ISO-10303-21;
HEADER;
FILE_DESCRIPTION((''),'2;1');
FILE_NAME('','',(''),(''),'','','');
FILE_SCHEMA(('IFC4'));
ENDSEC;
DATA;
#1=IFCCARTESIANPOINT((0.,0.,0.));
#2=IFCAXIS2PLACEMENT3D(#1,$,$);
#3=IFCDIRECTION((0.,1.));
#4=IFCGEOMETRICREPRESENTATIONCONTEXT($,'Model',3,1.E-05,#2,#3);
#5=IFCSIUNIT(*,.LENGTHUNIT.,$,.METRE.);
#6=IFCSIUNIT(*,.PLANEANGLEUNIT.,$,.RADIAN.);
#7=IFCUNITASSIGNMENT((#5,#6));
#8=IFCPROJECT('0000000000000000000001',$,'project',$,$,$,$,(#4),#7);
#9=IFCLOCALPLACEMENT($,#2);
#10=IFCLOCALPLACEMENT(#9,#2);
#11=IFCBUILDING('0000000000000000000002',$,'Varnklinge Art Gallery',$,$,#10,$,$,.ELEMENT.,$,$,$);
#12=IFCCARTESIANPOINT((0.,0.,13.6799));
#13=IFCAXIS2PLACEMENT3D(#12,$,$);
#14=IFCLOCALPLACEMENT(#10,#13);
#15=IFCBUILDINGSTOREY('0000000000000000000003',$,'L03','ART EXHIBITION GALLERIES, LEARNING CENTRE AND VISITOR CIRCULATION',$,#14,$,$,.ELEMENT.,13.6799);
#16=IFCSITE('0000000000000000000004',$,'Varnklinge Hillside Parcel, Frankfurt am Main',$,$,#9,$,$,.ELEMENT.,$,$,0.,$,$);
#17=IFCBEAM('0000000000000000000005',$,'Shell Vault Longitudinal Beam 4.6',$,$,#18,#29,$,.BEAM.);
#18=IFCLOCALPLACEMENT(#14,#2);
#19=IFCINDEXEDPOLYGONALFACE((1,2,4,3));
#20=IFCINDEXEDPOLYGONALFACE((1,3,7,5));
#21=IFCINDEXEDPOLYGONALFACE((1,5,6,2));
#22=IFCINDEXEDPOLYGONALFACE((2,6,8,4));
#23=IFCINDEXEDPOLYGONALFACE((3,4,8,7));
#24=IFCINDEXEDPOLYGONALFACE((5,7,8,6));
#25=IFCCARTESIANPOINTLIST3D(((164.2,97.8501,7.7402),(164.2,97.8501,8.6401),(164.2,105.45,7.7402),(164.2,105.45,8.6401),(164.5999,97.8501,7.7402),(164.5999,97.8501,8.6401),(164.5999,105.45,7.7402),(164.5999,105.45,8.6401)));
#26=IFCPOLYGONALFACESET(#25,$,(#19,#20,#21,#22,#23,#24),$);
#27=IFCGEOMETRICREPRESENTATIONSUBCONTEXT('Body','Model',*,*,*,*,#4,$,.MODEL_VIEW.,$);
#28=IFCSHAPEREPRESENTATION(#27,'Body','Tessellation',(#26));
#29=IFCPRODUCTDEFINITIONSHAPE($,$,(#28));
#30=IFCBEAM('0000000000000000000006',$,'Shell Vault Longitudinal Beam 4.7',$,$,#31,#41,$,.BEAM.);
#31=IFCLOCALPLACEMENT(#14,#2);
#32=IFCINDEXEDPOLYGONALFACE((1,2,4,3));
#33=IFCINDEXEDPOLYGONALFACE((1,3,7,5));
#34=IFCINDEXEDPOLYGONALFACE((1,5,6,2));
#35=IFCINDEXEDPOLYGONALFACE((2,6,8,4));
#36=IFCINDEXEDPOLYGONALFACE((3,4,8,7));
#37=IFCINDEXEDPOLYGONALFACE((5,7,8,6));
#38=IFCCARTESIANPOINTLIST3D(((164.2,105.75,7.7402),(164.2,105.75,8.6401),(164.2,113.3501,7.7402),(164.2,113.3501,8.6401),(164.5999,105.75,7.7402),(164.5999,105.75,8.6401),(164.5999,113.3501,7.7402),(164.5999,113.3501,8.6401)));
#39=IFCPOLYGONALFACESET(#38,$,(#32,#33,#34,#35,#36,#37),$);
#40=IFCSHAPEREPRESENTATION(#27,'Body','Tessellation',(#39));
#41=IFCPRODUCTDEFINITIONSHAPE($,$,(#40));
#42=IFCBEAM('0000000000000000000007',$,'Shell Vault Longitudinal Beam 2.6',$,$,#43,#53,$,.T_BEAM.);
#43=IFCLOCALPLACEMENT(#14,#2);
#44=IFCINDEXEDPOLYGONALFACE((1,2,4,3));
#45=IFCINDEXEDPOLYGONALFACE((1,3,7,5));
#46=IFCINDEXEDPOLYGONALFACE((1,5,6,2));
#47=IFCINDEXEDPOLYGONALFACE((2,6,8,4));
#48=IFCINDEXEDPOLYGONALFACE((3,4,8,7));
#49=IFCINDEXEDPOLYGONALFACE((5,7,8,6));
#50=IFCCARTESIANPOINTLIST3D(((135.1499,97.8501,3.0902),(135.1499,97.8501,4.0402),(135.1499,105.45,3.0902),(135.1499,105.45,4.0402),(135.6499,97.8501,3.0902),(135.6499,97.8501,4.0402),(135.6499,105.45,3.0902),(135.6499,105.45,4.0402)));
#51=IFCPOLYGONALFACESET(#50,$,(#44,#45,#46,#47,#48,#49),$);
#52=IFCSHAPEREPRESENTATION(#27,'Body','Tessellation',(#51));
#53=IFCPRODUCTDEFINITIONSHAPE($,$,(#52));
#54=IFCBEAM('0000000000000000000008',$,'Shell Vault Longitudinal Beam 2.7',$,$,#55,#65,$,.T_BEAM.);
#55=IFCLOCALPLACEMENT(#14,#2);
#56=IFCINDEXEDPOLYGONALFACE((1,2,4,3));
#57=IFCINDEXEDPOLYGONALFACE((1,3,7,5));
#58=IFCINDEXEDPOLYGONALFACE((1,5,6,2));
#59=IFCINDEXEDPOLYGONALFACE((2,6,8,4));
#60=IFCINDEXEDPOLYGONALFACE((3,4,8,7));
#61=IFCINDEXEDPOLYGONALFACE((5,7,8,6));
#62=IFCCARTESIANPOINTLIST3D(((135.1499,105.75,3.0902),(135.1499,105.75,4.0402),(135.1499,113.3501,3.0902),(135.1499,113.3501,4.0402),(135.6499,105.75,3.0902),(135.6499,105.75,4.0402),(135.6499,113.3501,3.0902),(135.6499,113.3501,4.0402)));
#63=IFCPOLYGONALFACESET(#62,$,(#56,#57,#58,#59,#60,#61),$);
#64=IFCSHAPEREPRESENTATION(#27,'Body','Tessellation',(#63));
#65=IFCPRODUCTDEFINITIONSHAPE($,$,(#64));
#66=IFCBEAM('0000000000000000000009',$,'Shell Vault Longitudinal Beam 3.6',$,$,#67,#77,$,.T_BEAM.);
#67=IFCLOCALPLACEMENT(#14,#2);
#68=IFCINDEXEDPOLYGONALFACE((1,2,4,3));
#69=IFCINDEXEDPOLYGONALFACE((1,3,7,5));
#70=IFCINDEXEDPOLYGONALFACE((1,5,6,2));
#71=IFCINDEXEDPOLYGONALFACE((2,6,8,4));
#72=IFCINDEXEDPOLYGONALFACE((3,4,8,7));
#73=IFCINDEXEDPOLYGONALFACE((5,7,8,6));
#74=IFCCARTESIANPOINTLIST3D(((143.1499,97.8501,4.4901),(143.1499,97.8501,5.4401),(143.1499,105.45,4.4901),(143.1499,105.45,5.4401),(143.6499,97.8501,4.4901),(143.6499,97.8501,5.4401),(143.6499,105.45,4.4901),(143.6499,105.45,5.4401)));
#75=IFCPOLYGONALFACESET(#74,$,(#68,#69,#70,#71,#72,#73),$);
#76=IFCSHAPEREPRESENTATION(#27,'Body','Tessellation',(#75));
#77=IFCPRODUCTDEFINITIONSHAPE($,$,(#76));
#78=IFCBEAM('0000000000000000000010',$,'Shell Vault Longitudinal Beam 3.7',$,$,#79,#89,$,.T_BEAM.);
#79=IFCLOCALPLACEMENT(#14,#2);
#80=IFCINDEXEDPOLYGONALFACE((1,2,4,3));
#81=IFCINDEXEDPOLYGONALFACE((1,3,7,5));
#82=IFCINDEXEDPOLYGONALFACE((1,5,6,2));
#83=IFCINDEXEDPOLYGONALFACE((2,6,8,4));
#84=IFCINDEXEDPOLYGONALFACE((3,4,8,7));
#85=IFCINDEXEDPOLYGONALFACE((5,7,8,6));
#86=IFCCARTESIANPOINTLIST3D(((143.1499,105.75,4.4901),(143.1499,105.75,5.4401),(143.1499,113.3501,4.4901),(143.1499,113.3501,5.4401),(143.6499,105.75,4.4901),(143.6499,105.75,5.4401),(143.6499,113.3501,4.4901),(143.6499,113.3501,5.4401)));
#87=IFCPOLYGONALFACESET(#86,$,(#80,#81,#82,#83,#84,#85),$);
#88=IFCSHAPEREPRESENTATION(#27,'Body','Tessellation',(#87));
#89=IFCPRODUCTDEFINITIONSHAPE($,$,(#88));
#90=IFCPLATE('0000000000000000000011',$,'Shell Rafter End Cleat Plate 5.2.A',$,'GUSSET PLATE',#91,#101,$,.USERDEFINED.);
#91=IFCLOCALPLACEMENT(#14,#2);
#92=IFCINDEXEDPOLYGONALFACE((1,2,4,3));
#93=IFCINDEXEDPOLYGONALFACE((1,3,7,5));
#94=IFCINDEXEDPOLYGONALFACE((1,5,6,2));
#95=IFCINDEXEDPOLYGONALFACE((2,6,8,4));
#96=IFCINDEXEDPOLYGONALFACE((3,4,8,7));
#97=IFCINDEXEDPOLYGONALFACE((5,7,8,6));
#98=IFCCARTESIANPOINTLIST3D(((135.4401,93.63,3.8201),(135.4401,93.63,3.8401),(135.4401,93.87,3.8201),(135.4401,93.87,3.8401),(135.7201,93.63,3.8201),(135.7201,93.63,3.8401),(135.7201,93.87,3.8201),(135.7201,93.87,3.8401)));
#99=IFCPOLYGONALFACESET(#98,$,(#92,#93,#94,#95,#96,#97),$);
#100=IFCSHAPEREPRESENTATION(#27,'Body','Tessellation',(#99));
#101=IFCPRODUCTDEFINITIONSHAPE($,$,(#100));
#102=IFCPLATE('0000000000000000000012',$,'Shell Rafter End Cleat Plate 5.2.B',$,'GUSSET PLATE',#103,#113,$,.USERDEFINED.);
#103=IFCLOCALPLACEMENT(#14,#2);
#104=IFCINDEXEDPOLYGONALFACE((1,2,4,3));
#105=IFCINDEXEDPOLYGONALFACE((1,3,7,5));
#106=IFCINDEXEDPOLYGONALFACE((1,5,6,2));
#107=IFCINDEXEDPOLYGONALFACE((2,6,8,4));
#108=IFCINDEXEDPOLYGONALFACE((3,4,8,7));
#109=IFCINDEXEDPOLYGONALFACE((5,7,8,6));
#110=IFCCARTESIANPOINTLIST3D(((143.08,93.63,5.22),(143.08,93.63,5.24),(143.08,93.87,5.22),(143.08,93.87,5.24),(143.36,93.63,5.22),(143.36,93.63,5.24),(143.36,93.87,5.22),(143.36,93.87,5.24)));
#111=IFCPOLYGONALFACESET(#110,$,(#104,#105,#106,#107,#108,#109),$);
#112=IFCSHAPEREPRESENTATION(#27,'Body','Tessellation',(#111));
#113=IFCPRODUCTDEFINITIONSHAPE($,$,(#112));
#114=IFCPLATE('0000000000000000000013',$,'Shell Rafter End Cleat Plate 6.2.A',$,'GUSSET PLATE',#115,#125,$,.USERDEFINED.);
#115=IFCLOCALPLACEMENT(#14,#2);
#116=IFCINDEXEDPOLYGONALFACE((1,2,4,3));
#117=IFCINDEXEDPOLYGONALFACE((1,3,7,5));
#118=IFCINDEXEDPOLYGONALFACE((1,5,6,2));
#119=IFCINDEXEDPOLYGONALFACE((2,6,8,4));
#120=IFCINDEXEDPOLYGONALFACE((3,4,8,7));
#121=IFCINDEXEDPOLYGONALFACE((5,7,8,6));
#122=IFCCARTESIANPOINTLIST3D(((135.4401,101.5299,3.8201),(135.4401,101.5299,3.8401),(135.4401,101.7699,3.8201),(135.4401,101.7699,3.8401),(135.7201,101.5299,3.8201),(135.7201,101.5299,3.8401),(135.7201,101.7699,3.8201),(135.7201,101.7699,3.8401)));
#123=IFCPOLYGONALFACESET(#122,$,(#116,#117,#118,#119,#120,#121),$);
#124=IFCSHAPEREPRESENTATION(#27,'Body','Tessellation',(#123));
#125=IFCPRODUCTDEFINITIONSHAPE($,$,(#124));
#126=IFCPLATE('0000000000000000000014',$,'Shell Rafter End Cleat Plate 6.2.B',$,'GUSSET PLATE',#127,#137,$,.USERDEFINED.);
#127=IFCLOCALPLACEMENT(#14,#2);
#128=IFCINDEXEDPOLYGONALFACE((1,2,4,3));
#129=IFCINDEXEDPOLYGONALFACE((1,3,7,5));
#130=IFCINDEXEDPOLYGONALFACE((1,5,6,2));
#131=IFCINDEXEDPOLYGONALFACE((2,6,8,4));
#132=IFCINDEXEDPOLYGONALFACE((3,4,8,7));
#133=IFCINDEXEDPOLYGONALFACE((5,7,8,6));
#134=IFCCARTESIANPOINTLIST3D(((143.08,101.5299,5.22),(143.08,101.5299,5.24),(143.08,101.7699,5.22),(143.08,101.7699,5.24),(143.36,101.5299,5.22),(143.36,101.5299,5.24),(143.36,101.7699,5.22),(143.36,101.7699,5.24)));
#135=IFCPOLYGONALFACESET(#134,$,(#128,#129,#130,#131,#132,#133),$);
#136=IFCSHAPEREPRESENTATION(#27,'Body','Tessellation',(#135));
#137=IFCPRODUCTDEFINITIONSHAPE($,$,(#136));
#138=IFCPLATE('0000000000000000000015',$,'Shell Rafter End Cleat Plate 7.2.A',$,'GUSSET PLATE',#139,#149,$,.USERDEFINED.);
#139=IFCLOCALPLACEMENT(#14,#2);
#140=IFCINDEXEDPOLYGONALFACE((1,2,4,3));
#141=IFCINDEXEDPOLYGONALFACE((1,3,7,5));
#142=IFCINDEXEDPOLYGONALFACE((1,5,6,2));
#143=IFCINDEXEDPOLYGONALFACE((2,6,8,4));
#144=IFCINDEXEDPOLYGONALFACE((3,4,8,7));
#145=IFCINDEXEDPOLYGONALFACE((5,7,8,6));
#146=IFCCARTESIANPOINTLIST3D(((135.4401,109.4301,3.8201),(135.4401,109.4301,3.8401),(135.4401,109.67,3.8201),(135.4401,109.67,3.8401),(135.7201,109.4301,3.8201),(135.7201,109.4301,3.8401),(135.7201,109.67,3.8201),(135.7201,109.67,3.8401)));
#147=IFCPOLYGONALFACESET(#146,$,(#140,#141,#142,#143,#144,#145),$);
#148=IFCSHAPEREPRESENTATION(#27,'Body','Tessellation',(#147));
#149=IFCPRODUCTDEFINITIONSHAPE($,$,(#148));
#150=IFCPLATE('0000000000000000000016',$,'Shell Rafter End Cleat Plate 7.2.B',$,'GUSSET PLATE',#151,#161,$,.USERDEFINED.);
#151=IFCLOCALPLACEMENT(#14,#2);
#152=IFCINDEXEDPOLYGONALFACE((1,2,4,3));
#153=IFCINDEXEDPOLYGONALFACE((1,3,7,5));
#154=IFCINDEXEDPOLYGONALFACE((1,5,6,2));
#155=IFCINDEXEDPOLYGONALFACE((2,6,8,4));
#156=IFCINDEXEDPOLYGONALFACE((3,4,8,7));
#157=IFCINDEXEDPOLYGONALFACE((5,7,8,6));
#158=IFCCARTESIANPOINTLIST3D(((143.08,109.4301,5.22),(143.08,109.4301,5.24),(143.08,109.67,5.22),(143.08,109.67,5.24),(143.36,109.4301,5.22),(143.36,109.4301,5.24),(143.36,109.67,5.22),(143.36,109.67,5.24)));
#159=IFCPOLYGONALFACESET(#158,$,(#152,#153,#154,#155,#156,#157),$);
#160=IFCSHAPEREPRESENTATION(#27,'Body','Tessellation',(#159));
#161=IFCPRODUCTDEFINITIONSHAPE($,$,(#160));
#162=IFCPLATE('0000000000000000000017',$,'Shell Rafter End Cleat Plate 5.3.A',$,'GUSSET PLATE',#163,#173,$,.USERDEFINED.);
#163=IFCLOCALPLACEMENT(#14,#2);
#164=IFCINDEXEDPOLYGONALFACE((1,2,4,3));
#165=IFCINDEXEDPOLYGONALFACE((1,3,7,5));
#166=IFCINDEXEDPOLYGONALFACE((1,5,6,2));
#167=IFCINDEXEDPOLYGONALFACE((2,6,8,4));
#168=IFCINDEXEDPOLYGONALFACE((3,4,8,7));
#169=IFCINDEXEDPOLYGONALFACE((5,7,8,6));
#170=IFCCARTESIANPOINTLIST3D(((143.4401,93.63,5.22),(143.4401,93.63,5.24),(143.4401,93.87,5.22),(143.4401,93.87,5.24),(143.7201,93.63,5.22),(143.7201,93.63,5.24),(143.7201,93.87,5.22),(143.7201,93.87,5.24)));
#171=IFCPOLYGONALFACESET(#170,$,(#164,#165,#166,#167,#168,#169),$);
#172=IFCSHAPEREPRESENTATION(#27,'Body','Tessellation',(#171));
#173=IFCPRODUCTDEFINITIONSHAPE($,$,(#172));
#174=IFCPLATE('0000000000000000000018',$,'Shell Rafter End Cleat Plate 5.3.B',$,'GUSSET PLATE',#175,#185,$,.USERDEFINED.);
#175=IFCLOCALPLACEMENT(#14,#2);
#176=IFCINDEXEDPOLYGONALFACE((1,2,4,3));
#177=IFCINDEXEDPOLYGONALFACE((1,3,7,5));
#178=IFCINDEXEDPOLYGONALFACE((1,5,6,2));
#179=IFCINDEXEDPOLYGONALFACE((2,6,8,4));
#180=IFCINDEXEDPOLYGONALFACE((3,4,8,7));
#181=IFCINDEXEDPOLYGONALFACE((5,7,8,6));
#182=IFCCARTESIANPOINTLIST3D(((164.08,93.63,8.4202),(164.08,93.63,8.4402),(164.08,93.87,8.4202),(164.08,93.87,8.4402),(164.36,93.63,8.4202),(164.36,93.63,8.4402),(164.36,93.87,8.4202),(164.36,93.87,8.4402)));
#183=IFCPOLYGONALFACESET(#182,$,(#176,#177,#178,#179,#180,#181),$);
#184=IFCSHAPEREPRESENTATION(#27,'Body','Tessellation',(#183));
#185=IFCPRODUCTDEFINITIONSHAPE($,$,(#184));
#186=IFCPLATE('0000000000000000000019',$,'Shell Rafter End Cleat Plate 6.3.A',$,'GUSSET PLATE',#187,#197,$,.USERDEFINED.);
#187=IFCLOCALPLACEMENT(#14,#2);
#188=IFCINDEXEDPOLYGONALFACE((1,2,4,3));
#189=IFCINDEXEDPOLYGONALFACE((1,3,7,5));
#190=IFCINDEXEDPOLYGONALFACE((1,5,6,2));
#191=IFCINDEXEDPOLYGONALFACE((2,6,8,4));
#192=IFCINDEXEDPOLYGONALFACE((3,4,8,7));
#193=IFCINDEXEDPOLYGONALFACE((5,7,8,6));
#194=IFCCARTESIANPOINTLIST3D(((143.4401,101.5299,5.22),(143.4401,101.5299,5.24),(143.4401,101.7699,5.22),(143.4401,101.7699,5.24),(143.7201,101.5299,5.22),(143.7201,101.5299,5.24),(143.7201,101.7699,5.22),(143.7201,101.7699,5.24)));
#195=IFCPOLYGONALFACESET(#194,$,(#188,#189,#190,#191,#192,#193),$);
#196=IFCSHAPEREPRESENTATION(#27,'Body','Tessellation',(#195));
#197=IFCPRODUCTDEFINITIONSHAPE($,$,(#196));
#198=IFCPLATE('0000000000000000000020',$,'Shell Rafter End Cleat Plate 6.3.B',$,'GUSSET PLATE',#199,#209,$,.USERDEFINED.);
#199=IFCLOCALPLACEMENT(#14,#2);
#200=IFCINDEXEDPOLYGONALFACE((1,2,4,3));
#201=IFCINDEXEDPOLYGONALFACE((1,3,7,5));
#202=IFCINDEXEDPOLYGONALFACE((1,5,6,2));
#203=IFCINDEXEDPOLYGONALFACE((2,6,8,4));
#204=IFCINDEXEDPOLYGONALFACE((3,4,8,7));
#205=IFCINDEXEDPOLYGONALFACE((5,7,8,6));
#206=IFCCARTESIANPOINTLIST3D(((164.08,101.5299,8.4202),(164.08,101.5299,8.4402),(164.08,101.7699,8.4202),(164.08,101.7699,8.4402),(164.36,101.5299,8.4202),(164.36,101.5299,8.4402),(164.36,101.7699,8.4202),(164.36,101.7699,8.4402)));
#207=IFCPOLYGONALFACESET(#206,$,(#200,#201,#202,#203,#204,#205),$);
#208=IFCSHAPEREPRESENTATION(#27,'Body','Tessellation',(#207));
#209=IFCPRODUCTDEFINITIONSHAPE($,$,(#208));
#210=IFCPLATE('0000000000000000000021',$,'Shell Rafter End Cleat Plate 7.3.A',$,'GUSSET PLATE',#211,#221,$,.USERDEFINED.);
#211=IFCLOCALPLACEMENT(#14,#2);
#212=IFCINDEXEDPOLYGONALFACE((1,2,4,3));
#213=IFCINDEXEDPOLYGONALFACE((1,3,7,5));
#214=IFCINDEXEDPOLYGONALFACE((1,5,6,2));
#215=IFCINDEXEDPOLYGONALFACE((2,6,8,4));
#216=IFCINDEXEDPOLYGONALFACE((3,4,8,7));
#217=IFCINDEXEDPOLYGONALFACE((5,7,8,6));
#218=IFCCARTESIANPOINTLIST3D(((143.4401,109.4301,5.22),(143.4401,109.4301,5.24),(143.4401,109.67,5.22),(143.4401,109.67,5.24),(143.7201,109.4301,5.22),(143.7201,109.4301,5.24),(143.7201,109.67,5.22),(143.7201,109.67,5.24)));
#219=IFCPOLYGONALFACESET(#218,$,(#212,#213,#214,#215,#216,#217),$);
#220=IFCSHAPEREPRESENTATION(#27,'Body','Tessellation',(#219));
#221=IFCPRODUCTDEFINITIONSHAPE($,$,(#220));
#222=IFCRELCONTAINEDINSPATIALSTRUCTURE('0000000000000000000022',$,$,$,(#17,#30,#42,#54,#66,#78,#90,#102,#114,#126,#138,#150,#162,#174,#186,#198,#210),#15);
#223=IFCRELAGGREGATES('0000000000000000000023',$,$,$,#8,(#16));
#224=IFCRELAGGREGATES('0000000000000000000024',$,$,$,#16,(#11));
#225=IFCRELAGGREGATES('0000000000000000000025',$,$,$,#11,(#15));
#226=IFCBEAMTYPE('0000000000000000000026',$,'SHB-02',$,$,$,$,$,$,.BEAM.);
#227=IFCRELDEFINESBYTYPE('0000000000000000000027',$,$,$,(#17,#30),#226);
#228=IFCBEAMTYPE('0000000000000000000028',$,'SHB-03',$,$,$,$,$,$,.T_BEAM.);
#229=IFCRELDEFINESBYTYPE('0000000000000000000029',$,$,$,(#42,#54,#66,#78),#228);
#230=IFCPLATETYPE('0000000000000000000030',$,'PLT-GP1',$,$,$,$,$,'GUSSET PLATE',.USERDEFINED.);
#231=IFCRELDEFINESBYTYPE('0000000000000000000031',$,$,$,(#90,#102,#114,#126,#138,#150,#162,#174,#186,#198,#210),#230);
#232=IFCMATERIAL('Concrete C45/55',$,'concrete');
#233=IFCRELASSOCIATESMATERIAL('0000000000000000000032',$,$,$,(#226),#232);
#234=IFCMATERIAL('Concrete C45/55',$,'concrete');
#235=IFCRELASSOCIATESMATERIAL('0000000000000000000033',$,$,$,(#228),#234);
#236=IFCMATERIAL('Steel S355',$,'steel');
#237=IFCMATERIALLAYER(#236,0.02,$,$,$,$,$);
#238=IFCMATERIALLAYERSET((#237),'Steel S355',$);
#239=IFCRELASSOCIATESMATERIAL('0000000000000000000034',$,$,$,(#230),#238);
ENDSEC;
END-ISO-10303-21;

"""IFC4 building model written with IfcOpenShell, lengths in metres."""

from ifc_helpers import new_model, si_unit, direction, frame, origin, origin_2d, place, context, subcontext, project, spatial, rectangle, extrude, material, layer, layer_set, material_profile, profile_set, type_object, element, save


model = new_model("IFC4")

# Units and contexts
model_context = context("Model", 3, precision=1e-05, world=origin(), true_north=direction((0.0, 1.0)))
body_context = subcontext(model_context, "Body", "Model", "MODEL_VIEW")
ifc_project = project(units=[si_unit("LENGTHUNIT", "METRE"), si_unit("PLANEANGLEUNIT", "RADIAN")], contexts=[model_context])

# Site, building, storey
site_placement = place(None, origin())
site = spatial("IfcSite", under=ifc_project, at=site_placement, Name="Varnklinge Hillside Parcel, Frankfurt am Main", CompositionType="ELEMENT", RefElevation=0.0)
building_placement = place(site_placement, origin())
building = spatial("IfcBuilding", under=site, at=building_placement, Name="Varnklinge Art Gallery", CompositionType="ELEMENT")
storey_placement = place(building_placement, frame((0.0, 0.0, 13.6799)))
storey = spatial("IfcBuildingStorey", under=building, at=storey_placement, Name="L03", Description="ART EXHIBITION GALLERIES, LEARNING CENTRE AND VISITOR CIRCULATION", CompositionType="ELEMENT", Elevation=13.6799)

# Beams
ifc_material_1 = material(Name="Concrete C45/55", Category="concrete")
ifc_material_profile_1 = material_profile(ifc_material_1, rectangle(XDim=0.3999, YDim=0.8999, at=origin_2d()), Name="RC 400x900")
ifc_profile_set_1 = profile_set([ifc_material_profile_1], Name="Concrete C45/55")
beam_type_1 = type_object("IfcBeamType", Name="SHB-02", PredefinedType="BEAM", material=ifc_profile_set_1)
beam_1_placement = place(storey_placement, frame((164.3999, 97.8501, 8.1902), z_axis=(0.0, 1.0, 0.0), x_axis=(-1.0, 0.0, 0.0)))
element("IfcBeam", 1, at=beam_1_placement, inside=storey, type_object=beam_type_1, Name="Shell Vault Longitudinal Beam 4.6", PredefinedType="BEAM", context=body_context, shape_type="SweptSolid", body=[
    extrude(rectangle(XDim=0.3999, YDim=0.8999, at=origin_2d()), origin(), (0.0, 0.0, 1.0), 7.5999),
])
beam_2_placement = place(storey_placement, frame((164.3999, 105.75, 8.1902), z_axis=(0.0, 1.0, 0.0), x_axis=(-1.0, 0.0, 0.0)))
element("IfcBeam", 2, at=beam_2_placement, inside=storey, type_object=beam_type_1, Name="Shell Vault Longitudinal Beam 4.7", PredefinedType="BEAM", context=body_context, shape_type="SweptSolid", body=[
    extrude(rectangle(XDim=0.3999, YDim=0.8999, at=origin_2d()), origin(), (0.0, 0.0, 1.0), 7.6001),
])
ifc_material_2 = material(Name="Concrete C45/55", Category="concrete")
ifc_material_profile_2 = material_profile(ifc_material_2, rectangle(XDim=0.5, YDim=0.95, at=origin_2d()), Name="RC 500x950")
ifc_profile_set_2 = profile_set([ifc_material_profile_2], Name="Concrete C45/55")
beam_type_2 = type_object("IfcBeamType", Name="SHB-03", PredefinedType="T_BEAM", material=ifc_profile_set_2)
beam_3_placement = place(storey_placement, frame((135.3999, 97.8501, 3.5652), z_axis=(0.0, 1.0, 0.0), x_axis=(-1.0, 0.0, 0.0)))
element("IfcBeam", 3, at=beam_3_placement, inside=storey, type_object=beam_type_2, Name="Shell Vault Longitudinal Beam 2.6", PredefinedType="T_BEAM", context=body_context, shape_type="SweptSolid", body=[
    extrude(rectangle(XDim=0.5, YDim=0.95, at=origin_2d()), origin(), (0.0, 0.0, 1.0), 7.5999),
])
beam_4_placement = place(storey_placement, frame((135.3999, 105.75, 3.5652), z_axis=(0.0, 1.0, 0.0), x_axis=(-1.0, 0.0, 0.0)))
element("IfcBeam", 4, at=beam_4_placement, inside=storey, type_object=beam_type_2, Name="Shell Vault Longitudinal Beam 2.7", PredefinedType="T_BEAM", context=body_context, shape_type="SweptSolid", body=[
    extrude(rectangle(XDim=0.5, YDim=0.95, at=origin_2d()), origin(), (0.0, 0.0, 1.0), 7.6001),
])
beam_5_placement = place(storey_placement, frame((143.3999, 97.8501, 4.9651), z_axis=(0.0, 1.0, 0.0), x_axis=(-1.0, 0.0, 0.0)))
element("IfcBeam", 5, at=beam_5_placement, inside=storey, type_object=beam_type_2, Name="Shell Vault Longitudinal Beam 3.6", PredefinedType="T_BEAM", context=body_context, shape_type="SweptSolid", body=[
    extrude(rectangle(XDim=0.5, YDim=0.95, at=origin_2d()), origin(), (0.0, 0.0, 1.0), 7.5999),
])
beam_6_placement = place(storey_placement, frame((143.3999, 105.75, 4.9651), z_axis=(0.0, 1.0, 0.0), x_axis=(-1.0, 0.0, 0.0)))
element("IfcBeam", 6, at=beam_6_placement, inside=storey, type_object=beam_type_2, Name="Shell Vault Longitudinal Beam 3.7", PredefinedType="T_BEAM", context=body_context, shape_type="SweptSolid", body=[
    extrude(rectangle(XDim=0.5, YDim=0.95, at=origin_2d()), origin(), (0.0, 0.0, 1.0), 7.6001),
])

# Plates
ifc_material_3 = material(Name="Steel S355", Category="steel")
ifc_layer_1 = layer(ifc_material_3, 0.02)
ifc_layer_set_1 = layer_set([ifc_layer_1], Name="Steel S355")
plate_type = type_object("IfcPlateType", Name="PLT-GP1", ElementType="GUSSET PLATE", PredefinedType="USERDEFINED", material=ifc_layer_set_1)
for number, where, z_axis, x_axis, name in (
    (7, (135.5801, 93.75, 3.8201), (0.0, 0.0, 1.0), (1.0, 0.0, 0.0), "Shell Rafter End Cleat Plate 5.2.A"),
    (8, (143.22, 93.75, 5.22), (0.0, 0.0, 1.0), (1.0, 0.0, 0.0), "Shell Rafter End Cleat Plate 5.2.B"),
    (9, (135.5801, 101.6499, 3.8201), (0.0, 0.0, 1.0), (1.0, 0.0, 0.0), "Shell Rafter End Cleat Plate 6.2.A"),
    (10, (143.22, 101.6499, 5.22), (0.0, 0.0, 1.0), (1.0, 0.0, 0.0), "Shell Rafter End Cleat Plate 6.2.B"),
    (11, (135.5801, 109.55, 3.8201), (0.0, 0.0, 1.0), (1.0, 0.0, 0.0), "Shell Rafter End Cleat Plate 7.2.A"),
    (12, (143.22, 109.55, 5.22), (0.0, 0.0, 1.0), (1.0, 0.0, 0.0), "Shell Rafter End Cleat Plate 7.2.B"),
    (13, (143.5801, 93.75, 5.22), (0.0, 0.0, 1.0), (1.0, 0.0, 0.0), "Shell Rafter End Cleat Plate 5.3.A"),
    (14, (164.22, 93.75, 8.4202), (0.0, 0.0, 1.0), (1.0, 0.0, 0.0), "Shell Rafter End Cleat Plate 5.3.B"),
    (15, (143.5801, 101.6499, 5.22), (0.0, 0.0, 1.0), (1.0, 0.0, 0.0), "Shell Rafter End Cleat Plate 6.3.A"),
    (16, (164.22, 101.6499, 8.4202), (0.0, 0.0, 1.0), (1.0, 0.0, 0.0), "Shell Rafter End Cleat Plate 6.3.B"),
    (17, (143.5801, 109.55, 5.22), (0.0, 0.0, 1.0), (1.0, 0.0, 0.0), "Shell Rafter End Cleat Plate 7.3.A"),
):
    element("IfcPlate", number, at=place(storey_placement, frame(where, z_axis=z_axis, x_axis=x_axis)), inside=storey, type_object=plate_type, Name=name, ObjectType="GUSSET PLATE", PredefinedType="USERDEFINED", context=body_context, shape_type="SweptSolid", body=[
        extrude(rectangle(XDim=0.28, YDim=0.24, at=origin_2d()), origin(), (0.0, 0.0, 1.0), 0.02),
    ])

save(model, "model.ifc")
